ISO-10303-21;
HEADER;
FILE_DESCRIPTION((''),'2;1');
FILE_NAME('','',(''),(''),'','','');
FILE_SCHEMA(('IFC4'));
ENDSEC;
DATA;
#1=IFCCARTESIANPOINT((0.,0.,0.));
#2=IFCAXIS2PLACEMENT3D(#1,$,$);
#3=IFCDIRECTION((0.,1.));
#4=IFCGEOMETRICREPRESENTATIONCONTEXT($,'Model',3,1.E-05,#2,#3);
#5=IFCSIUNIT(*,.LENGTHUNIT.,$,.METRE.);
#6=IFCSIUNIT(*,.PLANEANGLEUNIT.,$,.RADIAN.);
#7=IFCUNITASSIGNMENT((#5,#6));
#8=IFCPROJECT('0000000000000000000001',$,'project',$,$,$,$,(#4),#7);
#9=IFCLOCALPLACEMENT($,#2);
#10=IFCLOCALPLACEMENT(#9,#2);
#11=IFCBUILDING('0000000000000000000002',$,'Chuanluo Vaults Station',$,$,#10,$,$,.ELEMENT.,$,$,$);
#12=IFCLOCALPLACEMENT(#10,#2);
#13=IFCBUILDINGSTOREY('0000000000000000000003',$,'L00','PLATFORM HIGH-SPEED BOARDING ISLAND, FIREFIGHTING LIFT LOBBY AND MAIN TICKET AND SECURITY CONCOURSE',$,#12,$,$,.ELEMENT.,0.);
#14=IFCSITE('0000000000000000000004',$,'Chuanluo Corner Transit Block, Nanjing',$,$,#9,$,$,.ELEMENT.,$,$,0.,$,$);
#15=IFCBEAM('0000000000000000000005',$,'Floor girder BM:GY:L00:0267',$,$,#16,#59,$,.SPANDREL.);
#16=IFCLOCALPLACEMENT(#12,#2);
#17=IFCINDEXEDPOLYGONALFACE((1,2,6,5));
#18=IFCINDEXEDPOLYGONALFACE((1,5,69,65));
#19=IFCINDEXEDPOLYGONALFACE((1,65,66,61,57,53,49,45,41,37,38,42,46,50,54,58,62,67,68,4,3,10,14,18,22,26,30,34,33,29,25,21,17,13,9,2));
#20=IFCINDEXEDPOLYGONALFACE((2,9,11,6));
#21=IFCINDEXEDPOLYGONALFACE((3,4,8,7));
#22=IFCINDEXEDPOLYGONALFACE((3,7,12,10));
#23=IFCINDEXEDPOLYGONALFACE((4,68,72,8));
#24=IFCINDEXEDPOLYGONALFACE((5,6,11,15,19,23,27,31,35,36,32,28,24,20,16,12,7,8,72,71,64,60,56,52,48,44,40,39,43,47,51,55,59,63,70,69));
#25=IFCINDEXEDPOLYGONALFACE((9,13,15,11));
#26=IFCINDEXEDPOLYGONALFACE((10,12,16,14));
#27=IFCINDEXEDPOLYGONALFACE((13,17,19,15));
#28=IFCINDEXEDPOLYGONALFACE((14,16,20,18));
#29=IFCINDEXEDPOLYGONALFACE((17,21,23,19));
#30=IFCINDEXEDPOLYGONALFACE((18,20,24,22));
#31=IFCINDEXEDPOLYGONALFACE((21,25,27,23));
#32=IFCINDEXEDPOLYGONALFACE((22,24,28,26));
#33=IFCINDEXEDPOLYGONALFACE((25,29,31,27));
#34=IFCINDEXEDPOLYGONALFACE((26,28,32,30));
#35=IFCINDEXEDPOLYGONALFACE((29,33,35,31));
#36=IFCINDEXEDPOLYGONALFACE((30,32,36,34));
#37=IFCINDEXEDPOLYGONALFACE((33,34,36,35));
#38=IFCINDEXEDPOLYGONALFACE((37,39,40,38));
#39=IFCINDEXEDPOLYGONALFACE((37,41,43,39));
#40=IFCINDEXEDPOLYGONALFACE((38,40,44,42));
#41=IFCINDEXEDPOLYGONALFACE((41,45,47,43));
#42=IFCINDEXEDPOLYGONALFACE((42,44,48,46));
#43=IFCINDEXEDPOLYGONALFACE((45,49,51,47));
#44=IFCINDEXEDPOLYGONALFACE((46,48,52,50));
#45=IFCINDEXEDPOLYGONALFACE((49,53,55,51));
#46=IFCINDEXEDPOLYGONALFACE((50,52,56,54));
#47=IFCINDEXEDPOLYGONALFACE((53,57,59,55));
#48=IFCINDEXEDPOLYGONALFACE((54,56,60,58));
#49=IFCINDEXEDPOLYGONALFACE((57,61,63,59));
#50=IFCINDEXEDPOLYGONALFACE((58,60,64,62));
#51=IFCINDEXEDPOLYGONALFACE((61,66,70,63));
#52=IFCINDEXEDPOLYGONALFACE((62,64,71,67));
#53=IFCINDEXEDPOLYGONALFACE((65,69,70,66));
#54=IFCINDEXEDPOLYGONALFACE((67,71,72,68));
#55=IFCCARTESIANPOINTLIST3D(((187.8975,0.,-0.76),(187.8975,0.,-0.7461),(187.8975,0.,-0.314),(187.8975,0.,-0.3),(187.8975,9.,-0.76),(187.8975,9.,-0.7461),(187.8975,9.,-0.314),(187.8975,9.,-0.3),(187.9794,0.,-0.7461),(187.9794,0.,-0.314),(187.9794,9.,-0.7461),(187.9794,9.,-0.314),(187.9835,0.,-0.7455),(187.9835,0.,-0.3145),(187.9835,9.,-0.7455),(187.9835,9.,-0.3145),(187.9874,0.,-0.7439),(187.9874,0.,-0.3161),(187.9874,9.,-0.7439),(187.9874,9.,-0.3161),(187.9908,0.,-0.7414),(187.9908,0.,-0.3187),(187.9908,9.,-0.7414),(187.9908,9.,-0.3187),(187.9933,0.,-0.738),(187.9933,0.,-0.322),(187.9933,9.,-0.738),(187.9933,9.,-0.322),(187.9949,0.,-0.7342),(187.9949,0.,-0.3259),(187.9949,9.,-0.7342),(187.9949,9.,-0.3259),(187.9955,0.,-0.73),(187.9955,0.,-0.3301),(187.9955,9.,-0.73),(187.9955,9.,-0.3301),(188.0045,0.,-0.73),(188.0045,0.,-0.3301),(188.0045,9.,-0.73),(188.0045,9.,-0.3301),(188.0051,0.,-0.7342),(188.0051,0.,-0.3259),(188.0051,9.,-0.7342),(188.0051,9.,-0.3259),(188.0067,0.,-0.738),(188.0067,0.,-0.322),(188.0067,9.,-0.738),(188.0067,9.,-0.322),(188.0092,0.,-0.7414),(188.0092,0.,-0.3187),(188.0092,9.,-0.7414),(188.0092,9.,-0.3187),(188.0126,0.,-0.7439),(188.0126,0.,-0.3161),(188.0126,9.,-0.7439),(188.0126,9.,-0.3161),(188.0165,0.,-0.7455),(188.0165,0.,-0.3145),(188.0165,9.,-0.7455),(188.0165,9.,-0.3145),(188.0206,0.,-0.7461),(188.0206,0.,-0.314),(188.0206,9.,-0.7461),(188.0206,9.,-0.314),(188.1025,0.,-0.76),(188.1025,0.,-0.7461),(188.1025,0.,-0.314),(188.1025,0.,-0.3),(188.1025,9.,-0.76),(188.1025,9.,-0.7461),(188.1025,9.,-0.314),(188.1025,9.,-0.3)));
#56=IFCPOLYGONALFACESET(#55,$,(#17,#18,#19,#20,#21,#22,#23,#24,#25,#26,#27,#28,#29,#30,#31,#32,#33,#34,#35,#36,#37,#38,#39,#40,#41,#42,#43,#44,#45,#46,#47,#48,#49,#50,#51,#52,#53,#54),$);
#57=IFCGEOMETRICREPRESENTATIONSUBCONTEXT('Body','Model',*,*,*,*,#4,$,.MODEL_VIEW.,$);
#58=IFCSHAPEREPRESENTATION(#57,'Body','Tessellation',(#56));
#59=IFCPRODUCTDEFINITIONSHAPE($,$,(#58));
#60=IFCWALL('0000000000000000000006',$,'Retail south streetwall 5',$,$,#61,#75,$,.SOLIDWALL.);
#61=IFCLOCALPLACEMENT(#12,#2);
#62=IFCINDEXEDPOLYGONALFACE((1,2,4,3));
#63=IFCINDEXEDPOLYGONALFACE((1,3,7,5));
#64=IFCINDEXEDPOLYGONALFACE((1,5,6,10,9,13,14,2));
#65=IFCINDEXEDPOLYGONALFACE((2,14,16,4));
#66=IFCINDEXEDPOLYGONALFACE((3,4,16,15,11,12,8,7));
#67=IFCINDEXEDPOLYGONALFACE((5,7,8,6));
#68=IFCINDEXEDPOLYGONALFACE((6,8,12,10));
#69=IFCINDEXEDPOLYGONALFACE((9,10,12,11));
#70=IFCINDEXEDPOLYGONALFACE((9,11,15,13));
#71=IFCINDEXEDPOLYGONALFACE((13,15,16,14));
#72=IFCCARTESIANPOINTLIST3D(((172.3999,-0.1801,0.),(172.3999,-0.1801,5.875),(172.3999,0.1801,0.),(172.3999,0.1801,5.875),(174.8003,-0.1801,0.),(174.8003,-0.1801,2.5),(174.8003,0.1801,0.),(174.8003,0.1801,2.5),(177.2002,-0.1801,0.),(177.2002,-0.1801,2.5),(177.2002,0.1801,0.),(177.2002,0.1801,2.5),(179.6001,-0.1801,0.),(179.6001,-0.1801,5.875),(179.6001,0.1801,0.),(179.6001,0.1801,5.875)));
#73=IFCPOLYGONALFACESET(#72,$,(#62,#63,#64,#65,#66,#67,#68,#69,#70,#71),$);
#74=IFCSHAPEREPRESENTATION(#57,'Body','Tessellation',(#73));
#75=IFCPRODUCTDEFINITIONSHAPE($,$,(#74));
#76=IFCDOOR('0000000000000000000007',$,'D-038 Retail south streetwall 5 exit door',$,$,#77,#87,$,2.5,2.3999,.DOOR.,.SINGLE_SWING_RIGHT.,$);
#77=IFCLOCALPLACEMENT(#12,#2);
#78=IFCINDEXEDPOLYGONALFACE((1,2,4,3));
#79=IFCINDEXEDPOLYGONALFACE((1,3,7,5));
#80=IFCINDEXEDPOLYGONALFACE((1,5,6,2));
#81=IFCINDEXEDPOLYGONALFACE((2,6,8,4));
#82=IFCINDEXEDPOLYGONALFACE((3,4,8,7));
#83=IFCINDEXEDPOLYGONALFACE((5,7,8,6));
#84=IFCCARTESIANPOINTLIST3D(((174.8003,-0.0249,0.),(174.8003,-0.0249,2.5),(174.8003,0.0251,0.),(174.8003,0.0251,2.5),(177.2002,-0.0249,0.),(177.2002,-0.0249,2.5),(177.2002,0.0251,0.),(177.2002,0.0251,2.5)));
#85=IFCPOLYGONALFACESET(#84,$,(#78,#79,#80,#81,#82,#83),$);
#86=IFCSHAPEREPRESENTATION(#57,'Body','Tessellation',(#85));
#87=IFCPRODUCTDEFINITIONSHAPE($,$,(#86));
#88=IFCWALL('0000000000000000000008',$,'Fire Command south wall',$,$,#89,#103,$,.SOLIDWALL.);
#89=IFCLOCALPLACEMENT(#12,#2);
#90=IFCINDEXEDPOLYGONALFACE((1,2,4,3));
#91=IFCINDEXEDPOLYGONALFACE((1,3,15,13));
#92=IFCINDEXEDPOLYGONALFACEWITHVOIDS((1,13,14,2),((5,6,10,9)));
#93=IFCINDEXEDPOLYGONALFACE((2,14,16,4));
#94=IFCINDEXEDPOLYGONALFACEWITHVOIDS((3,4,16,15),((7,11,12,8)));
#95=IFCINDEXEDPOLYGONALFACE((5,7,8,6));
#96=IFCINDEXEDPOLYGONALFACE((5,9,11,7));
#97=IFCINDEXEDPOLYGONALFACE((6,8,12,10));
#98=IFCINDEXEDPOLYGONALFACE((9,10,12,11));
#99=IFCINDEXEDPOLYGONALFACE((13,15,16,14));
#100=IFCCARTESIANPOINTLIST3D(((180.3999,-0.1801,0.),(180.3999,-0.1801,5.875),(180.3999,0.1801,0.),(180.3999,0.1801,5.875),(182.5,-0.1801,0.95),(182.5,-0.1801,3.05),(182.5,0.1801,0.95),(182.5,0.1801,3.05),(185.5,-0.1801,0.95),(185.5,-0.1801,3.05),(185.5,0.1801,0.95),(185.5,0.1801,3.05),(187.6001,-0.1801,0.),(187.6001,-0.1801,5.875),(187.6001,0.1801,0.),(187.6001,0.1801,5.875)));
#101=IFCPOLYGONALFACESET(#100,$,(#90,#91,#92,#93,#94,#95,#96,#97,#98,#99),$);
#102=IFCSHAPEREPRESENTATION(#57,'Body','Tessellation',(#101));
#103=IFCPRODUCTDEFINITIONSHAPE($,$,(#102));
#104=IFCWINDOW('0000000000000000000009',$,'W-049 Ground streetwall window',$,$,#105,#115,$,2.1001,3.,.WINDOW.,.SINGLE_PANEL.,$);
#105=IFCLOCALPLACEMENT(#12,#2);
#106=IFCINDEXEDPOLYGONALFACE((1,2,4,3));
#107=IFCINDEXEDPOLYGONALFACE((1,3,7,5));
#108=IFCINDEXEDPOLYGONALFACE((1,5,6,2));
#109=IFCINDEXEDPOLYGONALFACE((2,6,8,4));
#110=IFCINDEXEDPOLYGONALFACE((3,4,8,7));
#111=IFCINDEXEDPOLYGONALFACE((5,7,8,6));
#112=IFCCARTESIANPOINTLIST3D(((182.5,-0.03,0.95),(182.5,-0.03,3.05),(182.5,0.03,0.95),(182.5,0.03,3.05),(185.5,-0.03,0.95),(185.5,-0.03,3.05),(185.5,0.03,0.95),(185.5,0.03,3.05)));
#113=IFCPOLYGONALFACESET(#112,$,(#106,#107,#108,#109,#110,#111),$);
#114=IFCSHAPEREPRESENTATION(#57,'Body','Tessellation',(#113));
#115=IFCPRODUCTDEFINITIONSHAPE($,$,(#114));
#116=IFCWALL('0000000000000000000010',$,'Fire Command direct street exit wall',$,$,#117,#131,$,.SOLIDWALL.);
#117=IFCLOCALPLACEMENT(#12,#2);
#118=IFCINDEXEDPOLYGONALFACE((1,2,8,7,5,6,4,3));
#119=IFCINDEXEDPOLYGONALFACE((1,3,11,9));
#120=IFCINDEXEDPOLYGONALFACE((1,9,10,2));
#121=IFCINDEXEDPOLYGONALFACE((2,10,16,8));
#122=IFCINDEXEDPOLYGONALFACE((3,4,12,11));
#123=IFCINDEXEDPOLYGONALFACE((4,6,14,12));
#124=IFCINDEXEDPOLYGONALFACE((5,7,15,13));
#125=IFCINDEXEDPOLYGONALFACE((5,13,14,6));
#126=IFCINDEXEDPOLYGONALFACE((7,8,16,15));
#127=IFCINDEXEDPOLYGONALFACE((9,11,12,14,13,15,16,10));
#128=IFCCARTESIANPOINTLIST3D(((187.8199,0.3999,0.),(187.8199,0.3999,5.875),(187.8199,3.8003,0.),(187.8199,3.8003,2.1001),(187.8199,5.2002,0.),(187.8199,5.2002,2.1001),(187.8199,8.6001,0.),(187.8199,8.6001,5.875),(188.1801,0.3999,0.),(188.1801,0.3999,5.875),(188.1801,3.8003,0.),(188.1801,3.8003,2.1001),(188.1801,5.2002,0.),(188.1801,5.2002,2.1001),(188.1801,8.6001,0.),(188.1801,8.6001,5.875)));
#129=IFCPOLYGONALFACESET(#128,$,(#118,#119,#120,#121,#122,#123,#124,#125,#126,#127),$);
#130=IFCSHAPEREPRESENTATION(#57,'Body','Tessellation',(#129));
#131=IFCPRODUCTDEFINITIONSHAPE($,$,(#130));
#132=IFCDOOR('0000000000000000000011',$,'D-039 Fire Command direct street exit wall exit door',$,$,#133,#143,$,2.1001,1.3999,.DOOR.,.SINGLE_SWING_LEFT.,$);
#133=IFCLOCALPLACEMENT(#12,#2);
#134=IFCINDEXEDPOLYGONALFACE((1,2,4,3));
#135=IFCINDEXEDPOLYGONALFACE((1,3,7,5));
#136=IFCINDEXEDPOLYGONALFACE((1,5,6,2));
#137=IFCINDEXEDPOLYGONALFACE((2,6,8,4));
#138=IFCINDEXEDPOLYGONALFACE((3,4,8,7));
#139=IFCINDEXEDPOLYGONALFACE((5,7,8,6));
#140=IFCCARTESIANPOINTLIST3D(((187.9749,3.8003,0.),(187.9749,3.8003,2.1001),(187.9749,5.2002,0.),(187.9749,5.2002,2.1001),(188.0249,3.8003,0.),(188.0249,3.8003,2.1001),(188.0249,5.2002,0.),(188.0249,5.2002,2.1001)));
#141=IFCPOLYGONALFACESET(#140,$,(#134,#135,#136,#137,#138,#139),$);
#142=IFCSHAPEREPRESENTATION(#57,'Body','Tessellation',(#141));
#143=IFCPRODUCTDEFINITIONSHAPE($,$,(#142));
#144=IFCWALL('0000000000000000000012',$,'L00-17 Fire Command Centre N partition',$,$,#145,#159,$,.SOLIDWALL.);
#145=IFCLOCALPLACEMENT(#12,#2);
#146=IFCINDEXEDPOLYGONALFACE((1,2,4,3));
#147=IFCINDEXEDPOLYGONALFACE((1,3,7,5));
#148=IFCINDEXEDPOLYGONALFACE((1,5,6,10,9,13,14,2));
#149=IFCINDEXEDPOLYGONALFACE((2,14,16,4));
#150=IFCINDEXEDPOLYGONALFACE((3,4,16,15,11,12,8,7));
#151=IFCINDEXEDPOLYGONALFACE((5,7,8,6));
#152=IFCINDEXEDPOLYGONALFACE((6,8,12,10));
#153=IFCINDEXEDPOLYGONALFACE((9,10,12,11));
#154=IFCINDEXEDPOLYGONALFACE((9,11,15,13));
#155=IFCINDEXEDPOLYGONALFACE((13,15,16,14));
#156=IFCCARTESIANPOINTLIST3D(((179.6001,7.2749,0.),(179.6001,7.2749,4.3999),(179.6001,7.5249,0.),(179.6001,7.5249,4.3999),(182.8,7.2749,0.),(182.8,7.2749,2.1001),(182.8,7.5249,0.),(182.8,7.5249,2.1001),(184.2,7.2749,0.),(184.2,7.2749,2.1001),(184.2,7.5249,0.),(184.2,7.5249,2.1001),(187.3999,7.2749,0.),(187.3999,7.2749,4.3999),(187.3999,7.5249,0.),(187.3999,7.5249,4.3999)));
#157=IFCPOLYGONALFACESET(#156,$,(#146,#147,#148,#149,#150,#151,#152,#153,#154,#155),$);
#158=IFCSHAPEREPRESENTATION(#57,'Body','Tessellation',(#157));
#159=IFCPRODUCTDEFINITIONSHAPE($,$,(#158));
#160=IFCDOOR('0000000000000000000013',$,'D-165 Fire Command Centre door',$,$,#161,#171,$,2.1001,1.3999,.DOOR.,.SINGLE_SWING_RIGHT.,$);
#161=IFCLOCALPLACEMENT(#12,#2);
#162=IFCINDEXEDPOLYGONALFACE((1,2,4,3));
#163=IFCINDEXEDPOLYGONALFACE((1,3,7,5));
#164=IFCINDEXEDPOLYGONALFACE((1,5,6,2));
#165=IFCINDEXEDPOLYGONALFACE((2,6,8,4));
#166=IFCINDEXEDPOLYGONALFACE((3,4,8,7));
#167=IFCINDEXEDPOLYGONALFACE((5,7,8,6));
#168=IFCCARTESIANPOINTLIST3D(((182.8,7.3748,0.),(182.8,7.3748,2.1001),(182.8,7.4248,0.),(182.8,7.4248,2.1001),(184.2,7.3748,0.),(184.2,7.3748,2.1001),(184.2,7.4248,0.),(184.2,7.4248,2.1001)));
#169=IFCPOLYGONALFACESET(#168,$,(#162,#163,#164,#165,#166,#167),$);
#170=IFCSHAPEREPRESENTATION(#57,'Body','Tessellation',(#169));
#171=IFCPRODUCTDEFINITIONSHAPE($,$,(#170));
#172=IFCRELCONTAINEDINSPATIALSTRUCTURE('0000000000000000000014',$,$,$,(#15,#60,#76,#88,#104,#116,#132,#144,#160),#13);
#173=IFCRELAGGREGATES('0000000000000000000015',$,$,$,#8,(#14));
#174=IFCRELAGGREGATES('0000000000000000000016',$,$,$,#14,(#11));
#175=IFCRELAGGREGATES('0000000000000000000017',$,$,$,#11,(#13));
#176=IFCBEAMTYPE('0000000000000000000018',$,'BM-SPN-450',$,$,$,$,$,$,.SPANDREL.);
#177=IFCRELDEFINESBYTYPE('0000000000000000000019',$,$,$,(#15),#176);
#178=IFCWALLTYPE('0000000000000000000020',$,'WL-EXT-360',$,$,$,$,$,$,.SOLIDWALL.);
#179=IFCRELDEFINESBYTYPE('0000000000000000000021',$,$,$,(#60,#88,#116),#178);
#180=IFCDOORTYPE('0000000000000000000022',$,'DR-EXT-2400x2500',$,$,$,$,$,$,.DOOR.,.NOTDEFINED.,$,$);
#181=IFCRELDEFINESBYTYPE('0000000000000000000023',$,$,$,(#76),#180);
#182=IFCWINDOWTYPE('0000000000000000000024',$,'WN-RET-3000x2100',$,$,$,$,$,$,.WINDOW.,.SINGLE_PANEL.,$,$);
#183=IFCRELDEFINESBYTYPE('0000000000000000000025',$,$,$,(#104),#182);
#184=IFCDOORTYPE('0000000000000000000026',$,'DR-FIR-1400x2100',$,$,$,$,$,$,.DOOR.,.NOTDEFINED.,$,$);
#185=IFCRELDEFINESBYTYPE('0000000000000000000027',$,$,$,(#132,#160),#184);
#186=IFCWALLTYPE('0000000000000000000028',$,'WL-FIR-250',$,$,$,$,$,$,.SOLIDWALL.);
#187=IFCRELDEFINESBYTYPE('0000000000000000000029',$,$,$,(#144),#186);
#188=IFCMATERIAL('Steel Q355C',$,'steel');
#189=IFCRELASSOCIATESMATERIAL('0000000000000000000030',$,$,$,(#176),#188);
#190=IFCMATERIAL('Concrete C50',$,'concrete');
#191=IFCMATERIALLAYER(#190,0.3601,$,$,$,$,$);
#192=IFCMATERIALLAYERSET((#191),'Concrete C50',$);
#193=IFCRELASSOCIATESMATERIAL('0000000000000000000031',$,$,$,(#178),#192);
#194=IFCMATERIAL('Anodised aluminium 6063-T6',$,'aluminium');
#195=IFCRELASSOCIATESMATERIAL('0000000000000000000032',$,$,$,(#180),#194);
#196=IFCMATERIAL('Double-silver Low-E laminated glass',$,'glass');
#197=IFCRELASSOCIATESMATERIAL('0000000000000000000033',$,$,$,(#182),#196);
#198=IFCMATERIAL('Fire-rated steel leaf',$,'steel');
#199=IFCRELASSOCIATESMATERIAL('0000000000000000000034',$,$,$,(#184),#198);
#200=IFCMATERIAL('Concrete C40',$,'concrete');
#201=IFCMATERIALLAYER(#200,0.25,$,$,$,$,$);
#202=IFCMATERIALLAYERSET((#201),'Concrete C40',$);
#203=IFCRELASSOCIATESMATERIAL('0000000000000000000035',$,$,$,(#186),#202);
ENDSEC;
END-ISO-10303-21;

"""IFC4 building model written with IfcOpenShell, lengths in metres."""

from ifc_helpers import new_model, si_unit, direction, frame, frame_2d, origin, origin_2d, place, context, subcontext, project, spatial, rectangle, i_section, extrude, material, layer, layer_set, material_profile, profile_set, type_object, element, fill, save


model = new_model("IFC4")

# Units and contexts
model_context = context("Model", 3, precision=1e-05, world=origin(), true_north=direction((0.0, 1.0)))
body_context = subcontext(model_context, "Body", "Model", "MODEL_VIEW")
ifc_project = project(units=[si_unit("LENGTHUNIT", "METRE"), si_unit("PLANEANGLEUNIT", "RADIAN")], contexts=[model_context])

# Site, building, storey
site_placement = place(None, origin())
site = spatial("IfcSite", under=ifc_project, at=site_placement, Name="Chuanluo Corner Transit Block, Nanjing", CompositionType="ELEMENT", RefElevation=0.0)
building_placement = place(site_placement, origin())
building = spatial("IfcBuilding", under=site, at=building_placement, Name="Chuanluo Vaults Station", CompositionType="ELEMENT")
storey_placement = place(building_placement, origin())
storey = spatial("IfcBuildingStorey", under=building, at=storey_placement, Name="L00", Description="PLATFORM HIGH-SPEED BOARDING ISLAND, FIREFIGHTING LIFT LOBBY AND MAIN TICKET AND SECURITY CONCOURSE", CompositionType="ELEMENT", Elevation=0.0)

# Beam
ifc_material_1 = material(Name="Steel Q355C", Category="steel")
ifc_material_profile_1 = material_profile(ifc_material_1, i_section(OverallWidth=0.2051, OverallDepth=0.46, WebThickness=0.009, FlangeThickness=0.0139, FilletRadius=0.0161, at=origin_2d()))
ifc_profile_set_1 = profile_set([ifc_material_profile_1], Name="Steel Q355C")
beam_type_1 = type_object("IfcBeamType", Name="BM-SPN-450", PredefinedType="SPANDREL", material=ifc_profile_set_1)
beam_1_placement = place(storey_placement, frame((188.0, 0.0, -0.53), z_axis=(0.0, 1.0, 0.0), x_axis=(-1.0, 0.0, 0.0)))
element("IfcBeam", 1, at=beam_1_placement, inside=storey, type_object=beam_type_1, Name="Floor girder BM:GY:L00:0267", PredefinedType="SPANDREL", context=body_context, shape_type="SweptSolid", body=[
    extrude(i_section(OverallWidth=0.2051, OverallDepth=0.46, WebThickness=0.009, FlangeThickness=0.0139, FilletRadius=0.0161, at=origin_2d()), origin(), (0.0, 0.0, 1.0), 9.0),
])

# Wall, opening, door
ifc_material_2 = material(Name="Concrete C50", Category="concrete")
ifc_layer_1 = layer(ifc_material_2, 0.3601)
ifc_layer_set_1 = layer_set([ifc_layer_1], Name="Concrete C50")
wall_type_1 = type_object("IfcWallType", Name="WL-EXT-360", PredefinedType="SOLIDWALL", material=ifc_layer_set_1)
wall_1_placement = place(storey_placement, frame((179.6001, 0.0, 0.0), z_axis=(0.0, 0.0, 1.0), x_axis=(-1.0, 0.0, 0.0)))
wall_1 = element("IfcWall", 2, at=wall_1_placement, inside=storey, type_object=wall_type_1, Name="Retail south streetwall 5", PredefinedType="SOLIDWALL", context=body_context, shape_type="SweptSolid", body=[
    extrude(rectangle(XDim=7.2002, YDim=0.3601, at=frame_2d((3.6001, 0.0))), origin(), (0.0, 0.0, 1.0), 5.875),
])
opening_1_placement = place(wall_1_placement, frame((2.3999, 0.0, 0.0)))
opening_1 = element("IfcOpeningElement", 3, at=opening_1_placement, cuts=wall_1, PredefinedType="OPENING", context=body_context, shape_type="SweptSolid", body=[
    extrude(rectangle(XDim=2.3999, YDim=2.5, at=frame_2d((1.2, 1.25))), frame((0.0, 0.1902, 0.0), z_axis=(0.0, -1.0, 0.0), x_axis=(1.0, 0.0, 0.0)), (0.0, 0.0, 1.0), 0.3801),
])
ifc_material_3 = material(Name="Anodised aluminium 6063-T6", Category="aluminium")
door_type_1 = type_object("IfcDoorType", Name="DR-EXT-2400x2500", OperationType="NOTDEFINED", PredefinedType="DOOR", material=ifc_material_3)
door_1_placement = place(opening_1_placement, origin())
door_1 = element("IfcDoor", 4, at=door_1_placement, inside=storey, type_object=door_type_1, Name="D-038 Retail south streetwall 5 exit door", OperationType="SINGLE_SWING_RIGHT", OverallHeight=2.5, OverallWidth=2.3999, PredefinedType="DOOR", context=body_context, shape_type="SweptSolid", body=[
    extrude(rectangle(XDim=2.3999, YDim=2.5, at=frame_2d((1.2, 1.25))), frame((0.0, 0.0249, 0.0), z_axis=(0.0, -1.0, 0.0), x_axis=(1.0, 0.0, 0.0)), (0.0, 0.0, 1.0), 0.05),
])
fill(opening_1, door_1)

# Wall, opening, window
wall_2_placement = place(storey_placement, frame((187.6001, 0.0, 0.0), z_axis=(0.0, 0.0, 1.0), x_axis=(-1.0, 0.0, 0.0)))
wall_2 = element("IfcWall", 5, at=wall_2_placement, inside=storey, type_object=wall_type_1, Name="Fire Command south wall", PredefinedType="SOLIDWALL", context=body_context, shape_type="SweptSolid", body=[
    extrude(rectangle(XDim=7.2002, YDim=0.3601, at=frame_2d((3.6001, 0.0))), origin(), (0.0, 0.0, 1.0), 5.875),
])
opening_2_placement = place(wall_2_placement, frame((2.1001, 0.0, 0.95)))
opening_2 = element("IfcOpeningElement", 6, at=opening_2_placement, cuts=wall_2, PredefinedType="OPENING", context=body_context, shape_type="SweptSolid", body=[
    extrude(rectangle(XDim=3.0, YDim=2.1001, at=frame_2d((1.5, 1.05))), frame((0.0, 0.1902, 0.0), z_axis=(0.0, -1.0, 0.0), x_axis=(1.0, 0.0, 0.0)), (0.0, 0.0, 1.0), 0.3801),
])
ifc_material_4 = material(Name="Double-silver Low-E laminated glass", Category="glass")
window_type = type_object("IfcWindowType", Name="WN-RET-3000x2100", PartitioningType="SINGLE_PANEL", PredefinedType="WINDOW", material=ifc_material_4)
window_placement = place(opening_2_placement, origin())
window = element("IfcWindow", 7, at=window_placement, inside=storey, type_object=window_type, Name="W-049 Ground streetwall window", OverallHeight=2.1001, OverallWidth=3.0, PartitioningType="SINGLE_PANEL", PredefinedType="WINDOW", context=body_context, shape_type="SweptSolid", body=[
    extrude(rectangle(XDim=3.0, YDim=2.1001, at=frame_2d((1.5, 1.05))), frame((0.0, 0.03, 0.0), z_axis=(0.0, -1.0, 0.0), x_axis=(1.0, 0.0, 0.0)), (0.0, 0.0, 1.0), 0.0601),
])
fill(opening_2, window)

# Walls, openings, doors
wall_3_placement = place(storey_placement, frame((188.0, 8.6001, 0.0), z_axis=(0.0, 0.0, 1.0), x_axis=(0.0, -1.0, 0.0)))
wall_3 = element("IfcWall", 8, at=wall_3_placement, inside=storey, type_object=wall_type_1, Name="Fire Command direct street exit wall", PredefinedType="SOLIDWALL", context=body_context, shape_type="SweptSolid", body=[
    extrude(rectangle(XDim=8.2002, YDim=0.3601, at=frame_2d((4.1001, 0.0))), origin(), (0.0, 0.0, 1.0), 5.875),
])
opening_3_placement = place(wall_3_placement, frame((3.3999, 0.0, 0.0)))
opening_3 = element("IfcOpeningElement", 9, at=opening_3_placement, cuts=wall_3, PredefinedType="OPENING", context=body_context, shape_type="SweptSolid", body=[
    extrude(rectangle(XDim=1.3999, YDim=2.1001, at=frame_2d((0.7, 1.05))), frame((0.0, 0.1902, 0.0), z_axis=(0.0, -1.0, 0.0), x_axis=(1.0, 0.0, 0.0)), (0.0, 0.0, 1.0), 0.3801),
])
ifc_material_5 = material(Name="Fire-rated steel leaf", Category="steel")
door_type_2 = type_object("IfcDoorType", Name="DR-FIR-1400x2100", OperationType="NOTDEFINED", PredefinedType="DOOR", material=ifc_material_5)
door_2_placement = place(opening_3_placement, origin())
door_2 = element("IfcDoor", 10, at=door_2_placement, inside=storey, type_object=door_type_2, Name="D-039 Fire Command direct street exit wall exit door", OperationType="SINGLE_SWING_LEFT", OverallHeight=2.1001, OverallWidth=1.3999, PredefinedType="DOOR", context=body_context, shape_type="SweptSolid", body=[
    extrude(rectangle(XDim=1.3999, YDim=2.1001, at=frame_2d((0.7, 1.05))), frame((0.0, 0.0249, 0.0), z_axis=(0.0, -1.0, 0.0), x_axis=(1.0, 0.0, 0.0)), (0.0, 0.0, 1.0), 0.05),
])
fill(opening_3, door_2)
ifc_material_6 = material(Name="Concrete C40", Category="concrete")
ifc_layer_2 = layer(ifc_material_6, 0.25)
ifc_layer_set_2 = layer_set([ifc_layer_2], Name="Concrete C40")
wall_type_2 = type_object("IfcWallType", Name="WL-FIR-250", PredefinedType="SOLIDWALL", material=ifc_layer_set_2)
wall_4_placement = place(storey_placement, frame((179.6001, 7.3999, 0.0), z_axis=(0.0, 0.0, 1.0), x_axis=(1.0, 0.0, 0.0)))
wall_4 = element("IfcWall", 11, at=wall_4_placement, inside=storey, type_object=wall_type_2, Name="L00-17 Fire Command Centre N partition", PredefinedType="SOLIDWALL", context=body_context, shape_type="SweptSolid", body=[
    extrude(rectangle(XDim=7.7998, YDim=0.25, at=frame_2d((3.8999, 0.0))), origin(), (0.0, 0.0, 1.0), 4.3999),
])
opening_4_placement = place(wall_4_placement, frame((3.2, 0.0, 0.0)))
opening_4 = element("IfcOpeningElement", 12, at=opening_4_placement, cuts=wall_4, PredefinedType="OPENING", context=body_context, shape_type="SweptSolid", body=[
    extrude(rectangle(XDim=1.3999, YDim=2.1001, at=frame_2d((0.7, 1.05))), frame((0.0, 0.135, 0.0), z_axis=(0.0, -1.0, 0.0), x_axis=(1.0, 0.0, 0.0)), (0.0, 0.0, 1.0), 0.27),
])
door_3_placement = place(opening_4_placement, origin())
door_3 = element("IfcDoor", 13, at=door_3_placement, inside=storey, type_object=door_type_2, Name="D-165 Fire Command Centre door", OperationType="SINGLE_SWING_RIGHT", OverallHeight=2.1001, OverallWidth=1.3999, PredefinedType="DOOR", context=body_context, shape_type="SweptSolid", body=[
    extrude(rectangle(XDim=1.3999, YDim=2.1001, at=frame_2d((0.7, 1.05))), frame((0.0, 0.0249, 0.0), z_axis=(0.0, -1.0, 0.0), x_axis=(1.0, 0.0, 0.0)), (0.0, 0.0, 1.0), 0.05),
])
fill(opening_4, door_3)

save(model, "model.ifc")
